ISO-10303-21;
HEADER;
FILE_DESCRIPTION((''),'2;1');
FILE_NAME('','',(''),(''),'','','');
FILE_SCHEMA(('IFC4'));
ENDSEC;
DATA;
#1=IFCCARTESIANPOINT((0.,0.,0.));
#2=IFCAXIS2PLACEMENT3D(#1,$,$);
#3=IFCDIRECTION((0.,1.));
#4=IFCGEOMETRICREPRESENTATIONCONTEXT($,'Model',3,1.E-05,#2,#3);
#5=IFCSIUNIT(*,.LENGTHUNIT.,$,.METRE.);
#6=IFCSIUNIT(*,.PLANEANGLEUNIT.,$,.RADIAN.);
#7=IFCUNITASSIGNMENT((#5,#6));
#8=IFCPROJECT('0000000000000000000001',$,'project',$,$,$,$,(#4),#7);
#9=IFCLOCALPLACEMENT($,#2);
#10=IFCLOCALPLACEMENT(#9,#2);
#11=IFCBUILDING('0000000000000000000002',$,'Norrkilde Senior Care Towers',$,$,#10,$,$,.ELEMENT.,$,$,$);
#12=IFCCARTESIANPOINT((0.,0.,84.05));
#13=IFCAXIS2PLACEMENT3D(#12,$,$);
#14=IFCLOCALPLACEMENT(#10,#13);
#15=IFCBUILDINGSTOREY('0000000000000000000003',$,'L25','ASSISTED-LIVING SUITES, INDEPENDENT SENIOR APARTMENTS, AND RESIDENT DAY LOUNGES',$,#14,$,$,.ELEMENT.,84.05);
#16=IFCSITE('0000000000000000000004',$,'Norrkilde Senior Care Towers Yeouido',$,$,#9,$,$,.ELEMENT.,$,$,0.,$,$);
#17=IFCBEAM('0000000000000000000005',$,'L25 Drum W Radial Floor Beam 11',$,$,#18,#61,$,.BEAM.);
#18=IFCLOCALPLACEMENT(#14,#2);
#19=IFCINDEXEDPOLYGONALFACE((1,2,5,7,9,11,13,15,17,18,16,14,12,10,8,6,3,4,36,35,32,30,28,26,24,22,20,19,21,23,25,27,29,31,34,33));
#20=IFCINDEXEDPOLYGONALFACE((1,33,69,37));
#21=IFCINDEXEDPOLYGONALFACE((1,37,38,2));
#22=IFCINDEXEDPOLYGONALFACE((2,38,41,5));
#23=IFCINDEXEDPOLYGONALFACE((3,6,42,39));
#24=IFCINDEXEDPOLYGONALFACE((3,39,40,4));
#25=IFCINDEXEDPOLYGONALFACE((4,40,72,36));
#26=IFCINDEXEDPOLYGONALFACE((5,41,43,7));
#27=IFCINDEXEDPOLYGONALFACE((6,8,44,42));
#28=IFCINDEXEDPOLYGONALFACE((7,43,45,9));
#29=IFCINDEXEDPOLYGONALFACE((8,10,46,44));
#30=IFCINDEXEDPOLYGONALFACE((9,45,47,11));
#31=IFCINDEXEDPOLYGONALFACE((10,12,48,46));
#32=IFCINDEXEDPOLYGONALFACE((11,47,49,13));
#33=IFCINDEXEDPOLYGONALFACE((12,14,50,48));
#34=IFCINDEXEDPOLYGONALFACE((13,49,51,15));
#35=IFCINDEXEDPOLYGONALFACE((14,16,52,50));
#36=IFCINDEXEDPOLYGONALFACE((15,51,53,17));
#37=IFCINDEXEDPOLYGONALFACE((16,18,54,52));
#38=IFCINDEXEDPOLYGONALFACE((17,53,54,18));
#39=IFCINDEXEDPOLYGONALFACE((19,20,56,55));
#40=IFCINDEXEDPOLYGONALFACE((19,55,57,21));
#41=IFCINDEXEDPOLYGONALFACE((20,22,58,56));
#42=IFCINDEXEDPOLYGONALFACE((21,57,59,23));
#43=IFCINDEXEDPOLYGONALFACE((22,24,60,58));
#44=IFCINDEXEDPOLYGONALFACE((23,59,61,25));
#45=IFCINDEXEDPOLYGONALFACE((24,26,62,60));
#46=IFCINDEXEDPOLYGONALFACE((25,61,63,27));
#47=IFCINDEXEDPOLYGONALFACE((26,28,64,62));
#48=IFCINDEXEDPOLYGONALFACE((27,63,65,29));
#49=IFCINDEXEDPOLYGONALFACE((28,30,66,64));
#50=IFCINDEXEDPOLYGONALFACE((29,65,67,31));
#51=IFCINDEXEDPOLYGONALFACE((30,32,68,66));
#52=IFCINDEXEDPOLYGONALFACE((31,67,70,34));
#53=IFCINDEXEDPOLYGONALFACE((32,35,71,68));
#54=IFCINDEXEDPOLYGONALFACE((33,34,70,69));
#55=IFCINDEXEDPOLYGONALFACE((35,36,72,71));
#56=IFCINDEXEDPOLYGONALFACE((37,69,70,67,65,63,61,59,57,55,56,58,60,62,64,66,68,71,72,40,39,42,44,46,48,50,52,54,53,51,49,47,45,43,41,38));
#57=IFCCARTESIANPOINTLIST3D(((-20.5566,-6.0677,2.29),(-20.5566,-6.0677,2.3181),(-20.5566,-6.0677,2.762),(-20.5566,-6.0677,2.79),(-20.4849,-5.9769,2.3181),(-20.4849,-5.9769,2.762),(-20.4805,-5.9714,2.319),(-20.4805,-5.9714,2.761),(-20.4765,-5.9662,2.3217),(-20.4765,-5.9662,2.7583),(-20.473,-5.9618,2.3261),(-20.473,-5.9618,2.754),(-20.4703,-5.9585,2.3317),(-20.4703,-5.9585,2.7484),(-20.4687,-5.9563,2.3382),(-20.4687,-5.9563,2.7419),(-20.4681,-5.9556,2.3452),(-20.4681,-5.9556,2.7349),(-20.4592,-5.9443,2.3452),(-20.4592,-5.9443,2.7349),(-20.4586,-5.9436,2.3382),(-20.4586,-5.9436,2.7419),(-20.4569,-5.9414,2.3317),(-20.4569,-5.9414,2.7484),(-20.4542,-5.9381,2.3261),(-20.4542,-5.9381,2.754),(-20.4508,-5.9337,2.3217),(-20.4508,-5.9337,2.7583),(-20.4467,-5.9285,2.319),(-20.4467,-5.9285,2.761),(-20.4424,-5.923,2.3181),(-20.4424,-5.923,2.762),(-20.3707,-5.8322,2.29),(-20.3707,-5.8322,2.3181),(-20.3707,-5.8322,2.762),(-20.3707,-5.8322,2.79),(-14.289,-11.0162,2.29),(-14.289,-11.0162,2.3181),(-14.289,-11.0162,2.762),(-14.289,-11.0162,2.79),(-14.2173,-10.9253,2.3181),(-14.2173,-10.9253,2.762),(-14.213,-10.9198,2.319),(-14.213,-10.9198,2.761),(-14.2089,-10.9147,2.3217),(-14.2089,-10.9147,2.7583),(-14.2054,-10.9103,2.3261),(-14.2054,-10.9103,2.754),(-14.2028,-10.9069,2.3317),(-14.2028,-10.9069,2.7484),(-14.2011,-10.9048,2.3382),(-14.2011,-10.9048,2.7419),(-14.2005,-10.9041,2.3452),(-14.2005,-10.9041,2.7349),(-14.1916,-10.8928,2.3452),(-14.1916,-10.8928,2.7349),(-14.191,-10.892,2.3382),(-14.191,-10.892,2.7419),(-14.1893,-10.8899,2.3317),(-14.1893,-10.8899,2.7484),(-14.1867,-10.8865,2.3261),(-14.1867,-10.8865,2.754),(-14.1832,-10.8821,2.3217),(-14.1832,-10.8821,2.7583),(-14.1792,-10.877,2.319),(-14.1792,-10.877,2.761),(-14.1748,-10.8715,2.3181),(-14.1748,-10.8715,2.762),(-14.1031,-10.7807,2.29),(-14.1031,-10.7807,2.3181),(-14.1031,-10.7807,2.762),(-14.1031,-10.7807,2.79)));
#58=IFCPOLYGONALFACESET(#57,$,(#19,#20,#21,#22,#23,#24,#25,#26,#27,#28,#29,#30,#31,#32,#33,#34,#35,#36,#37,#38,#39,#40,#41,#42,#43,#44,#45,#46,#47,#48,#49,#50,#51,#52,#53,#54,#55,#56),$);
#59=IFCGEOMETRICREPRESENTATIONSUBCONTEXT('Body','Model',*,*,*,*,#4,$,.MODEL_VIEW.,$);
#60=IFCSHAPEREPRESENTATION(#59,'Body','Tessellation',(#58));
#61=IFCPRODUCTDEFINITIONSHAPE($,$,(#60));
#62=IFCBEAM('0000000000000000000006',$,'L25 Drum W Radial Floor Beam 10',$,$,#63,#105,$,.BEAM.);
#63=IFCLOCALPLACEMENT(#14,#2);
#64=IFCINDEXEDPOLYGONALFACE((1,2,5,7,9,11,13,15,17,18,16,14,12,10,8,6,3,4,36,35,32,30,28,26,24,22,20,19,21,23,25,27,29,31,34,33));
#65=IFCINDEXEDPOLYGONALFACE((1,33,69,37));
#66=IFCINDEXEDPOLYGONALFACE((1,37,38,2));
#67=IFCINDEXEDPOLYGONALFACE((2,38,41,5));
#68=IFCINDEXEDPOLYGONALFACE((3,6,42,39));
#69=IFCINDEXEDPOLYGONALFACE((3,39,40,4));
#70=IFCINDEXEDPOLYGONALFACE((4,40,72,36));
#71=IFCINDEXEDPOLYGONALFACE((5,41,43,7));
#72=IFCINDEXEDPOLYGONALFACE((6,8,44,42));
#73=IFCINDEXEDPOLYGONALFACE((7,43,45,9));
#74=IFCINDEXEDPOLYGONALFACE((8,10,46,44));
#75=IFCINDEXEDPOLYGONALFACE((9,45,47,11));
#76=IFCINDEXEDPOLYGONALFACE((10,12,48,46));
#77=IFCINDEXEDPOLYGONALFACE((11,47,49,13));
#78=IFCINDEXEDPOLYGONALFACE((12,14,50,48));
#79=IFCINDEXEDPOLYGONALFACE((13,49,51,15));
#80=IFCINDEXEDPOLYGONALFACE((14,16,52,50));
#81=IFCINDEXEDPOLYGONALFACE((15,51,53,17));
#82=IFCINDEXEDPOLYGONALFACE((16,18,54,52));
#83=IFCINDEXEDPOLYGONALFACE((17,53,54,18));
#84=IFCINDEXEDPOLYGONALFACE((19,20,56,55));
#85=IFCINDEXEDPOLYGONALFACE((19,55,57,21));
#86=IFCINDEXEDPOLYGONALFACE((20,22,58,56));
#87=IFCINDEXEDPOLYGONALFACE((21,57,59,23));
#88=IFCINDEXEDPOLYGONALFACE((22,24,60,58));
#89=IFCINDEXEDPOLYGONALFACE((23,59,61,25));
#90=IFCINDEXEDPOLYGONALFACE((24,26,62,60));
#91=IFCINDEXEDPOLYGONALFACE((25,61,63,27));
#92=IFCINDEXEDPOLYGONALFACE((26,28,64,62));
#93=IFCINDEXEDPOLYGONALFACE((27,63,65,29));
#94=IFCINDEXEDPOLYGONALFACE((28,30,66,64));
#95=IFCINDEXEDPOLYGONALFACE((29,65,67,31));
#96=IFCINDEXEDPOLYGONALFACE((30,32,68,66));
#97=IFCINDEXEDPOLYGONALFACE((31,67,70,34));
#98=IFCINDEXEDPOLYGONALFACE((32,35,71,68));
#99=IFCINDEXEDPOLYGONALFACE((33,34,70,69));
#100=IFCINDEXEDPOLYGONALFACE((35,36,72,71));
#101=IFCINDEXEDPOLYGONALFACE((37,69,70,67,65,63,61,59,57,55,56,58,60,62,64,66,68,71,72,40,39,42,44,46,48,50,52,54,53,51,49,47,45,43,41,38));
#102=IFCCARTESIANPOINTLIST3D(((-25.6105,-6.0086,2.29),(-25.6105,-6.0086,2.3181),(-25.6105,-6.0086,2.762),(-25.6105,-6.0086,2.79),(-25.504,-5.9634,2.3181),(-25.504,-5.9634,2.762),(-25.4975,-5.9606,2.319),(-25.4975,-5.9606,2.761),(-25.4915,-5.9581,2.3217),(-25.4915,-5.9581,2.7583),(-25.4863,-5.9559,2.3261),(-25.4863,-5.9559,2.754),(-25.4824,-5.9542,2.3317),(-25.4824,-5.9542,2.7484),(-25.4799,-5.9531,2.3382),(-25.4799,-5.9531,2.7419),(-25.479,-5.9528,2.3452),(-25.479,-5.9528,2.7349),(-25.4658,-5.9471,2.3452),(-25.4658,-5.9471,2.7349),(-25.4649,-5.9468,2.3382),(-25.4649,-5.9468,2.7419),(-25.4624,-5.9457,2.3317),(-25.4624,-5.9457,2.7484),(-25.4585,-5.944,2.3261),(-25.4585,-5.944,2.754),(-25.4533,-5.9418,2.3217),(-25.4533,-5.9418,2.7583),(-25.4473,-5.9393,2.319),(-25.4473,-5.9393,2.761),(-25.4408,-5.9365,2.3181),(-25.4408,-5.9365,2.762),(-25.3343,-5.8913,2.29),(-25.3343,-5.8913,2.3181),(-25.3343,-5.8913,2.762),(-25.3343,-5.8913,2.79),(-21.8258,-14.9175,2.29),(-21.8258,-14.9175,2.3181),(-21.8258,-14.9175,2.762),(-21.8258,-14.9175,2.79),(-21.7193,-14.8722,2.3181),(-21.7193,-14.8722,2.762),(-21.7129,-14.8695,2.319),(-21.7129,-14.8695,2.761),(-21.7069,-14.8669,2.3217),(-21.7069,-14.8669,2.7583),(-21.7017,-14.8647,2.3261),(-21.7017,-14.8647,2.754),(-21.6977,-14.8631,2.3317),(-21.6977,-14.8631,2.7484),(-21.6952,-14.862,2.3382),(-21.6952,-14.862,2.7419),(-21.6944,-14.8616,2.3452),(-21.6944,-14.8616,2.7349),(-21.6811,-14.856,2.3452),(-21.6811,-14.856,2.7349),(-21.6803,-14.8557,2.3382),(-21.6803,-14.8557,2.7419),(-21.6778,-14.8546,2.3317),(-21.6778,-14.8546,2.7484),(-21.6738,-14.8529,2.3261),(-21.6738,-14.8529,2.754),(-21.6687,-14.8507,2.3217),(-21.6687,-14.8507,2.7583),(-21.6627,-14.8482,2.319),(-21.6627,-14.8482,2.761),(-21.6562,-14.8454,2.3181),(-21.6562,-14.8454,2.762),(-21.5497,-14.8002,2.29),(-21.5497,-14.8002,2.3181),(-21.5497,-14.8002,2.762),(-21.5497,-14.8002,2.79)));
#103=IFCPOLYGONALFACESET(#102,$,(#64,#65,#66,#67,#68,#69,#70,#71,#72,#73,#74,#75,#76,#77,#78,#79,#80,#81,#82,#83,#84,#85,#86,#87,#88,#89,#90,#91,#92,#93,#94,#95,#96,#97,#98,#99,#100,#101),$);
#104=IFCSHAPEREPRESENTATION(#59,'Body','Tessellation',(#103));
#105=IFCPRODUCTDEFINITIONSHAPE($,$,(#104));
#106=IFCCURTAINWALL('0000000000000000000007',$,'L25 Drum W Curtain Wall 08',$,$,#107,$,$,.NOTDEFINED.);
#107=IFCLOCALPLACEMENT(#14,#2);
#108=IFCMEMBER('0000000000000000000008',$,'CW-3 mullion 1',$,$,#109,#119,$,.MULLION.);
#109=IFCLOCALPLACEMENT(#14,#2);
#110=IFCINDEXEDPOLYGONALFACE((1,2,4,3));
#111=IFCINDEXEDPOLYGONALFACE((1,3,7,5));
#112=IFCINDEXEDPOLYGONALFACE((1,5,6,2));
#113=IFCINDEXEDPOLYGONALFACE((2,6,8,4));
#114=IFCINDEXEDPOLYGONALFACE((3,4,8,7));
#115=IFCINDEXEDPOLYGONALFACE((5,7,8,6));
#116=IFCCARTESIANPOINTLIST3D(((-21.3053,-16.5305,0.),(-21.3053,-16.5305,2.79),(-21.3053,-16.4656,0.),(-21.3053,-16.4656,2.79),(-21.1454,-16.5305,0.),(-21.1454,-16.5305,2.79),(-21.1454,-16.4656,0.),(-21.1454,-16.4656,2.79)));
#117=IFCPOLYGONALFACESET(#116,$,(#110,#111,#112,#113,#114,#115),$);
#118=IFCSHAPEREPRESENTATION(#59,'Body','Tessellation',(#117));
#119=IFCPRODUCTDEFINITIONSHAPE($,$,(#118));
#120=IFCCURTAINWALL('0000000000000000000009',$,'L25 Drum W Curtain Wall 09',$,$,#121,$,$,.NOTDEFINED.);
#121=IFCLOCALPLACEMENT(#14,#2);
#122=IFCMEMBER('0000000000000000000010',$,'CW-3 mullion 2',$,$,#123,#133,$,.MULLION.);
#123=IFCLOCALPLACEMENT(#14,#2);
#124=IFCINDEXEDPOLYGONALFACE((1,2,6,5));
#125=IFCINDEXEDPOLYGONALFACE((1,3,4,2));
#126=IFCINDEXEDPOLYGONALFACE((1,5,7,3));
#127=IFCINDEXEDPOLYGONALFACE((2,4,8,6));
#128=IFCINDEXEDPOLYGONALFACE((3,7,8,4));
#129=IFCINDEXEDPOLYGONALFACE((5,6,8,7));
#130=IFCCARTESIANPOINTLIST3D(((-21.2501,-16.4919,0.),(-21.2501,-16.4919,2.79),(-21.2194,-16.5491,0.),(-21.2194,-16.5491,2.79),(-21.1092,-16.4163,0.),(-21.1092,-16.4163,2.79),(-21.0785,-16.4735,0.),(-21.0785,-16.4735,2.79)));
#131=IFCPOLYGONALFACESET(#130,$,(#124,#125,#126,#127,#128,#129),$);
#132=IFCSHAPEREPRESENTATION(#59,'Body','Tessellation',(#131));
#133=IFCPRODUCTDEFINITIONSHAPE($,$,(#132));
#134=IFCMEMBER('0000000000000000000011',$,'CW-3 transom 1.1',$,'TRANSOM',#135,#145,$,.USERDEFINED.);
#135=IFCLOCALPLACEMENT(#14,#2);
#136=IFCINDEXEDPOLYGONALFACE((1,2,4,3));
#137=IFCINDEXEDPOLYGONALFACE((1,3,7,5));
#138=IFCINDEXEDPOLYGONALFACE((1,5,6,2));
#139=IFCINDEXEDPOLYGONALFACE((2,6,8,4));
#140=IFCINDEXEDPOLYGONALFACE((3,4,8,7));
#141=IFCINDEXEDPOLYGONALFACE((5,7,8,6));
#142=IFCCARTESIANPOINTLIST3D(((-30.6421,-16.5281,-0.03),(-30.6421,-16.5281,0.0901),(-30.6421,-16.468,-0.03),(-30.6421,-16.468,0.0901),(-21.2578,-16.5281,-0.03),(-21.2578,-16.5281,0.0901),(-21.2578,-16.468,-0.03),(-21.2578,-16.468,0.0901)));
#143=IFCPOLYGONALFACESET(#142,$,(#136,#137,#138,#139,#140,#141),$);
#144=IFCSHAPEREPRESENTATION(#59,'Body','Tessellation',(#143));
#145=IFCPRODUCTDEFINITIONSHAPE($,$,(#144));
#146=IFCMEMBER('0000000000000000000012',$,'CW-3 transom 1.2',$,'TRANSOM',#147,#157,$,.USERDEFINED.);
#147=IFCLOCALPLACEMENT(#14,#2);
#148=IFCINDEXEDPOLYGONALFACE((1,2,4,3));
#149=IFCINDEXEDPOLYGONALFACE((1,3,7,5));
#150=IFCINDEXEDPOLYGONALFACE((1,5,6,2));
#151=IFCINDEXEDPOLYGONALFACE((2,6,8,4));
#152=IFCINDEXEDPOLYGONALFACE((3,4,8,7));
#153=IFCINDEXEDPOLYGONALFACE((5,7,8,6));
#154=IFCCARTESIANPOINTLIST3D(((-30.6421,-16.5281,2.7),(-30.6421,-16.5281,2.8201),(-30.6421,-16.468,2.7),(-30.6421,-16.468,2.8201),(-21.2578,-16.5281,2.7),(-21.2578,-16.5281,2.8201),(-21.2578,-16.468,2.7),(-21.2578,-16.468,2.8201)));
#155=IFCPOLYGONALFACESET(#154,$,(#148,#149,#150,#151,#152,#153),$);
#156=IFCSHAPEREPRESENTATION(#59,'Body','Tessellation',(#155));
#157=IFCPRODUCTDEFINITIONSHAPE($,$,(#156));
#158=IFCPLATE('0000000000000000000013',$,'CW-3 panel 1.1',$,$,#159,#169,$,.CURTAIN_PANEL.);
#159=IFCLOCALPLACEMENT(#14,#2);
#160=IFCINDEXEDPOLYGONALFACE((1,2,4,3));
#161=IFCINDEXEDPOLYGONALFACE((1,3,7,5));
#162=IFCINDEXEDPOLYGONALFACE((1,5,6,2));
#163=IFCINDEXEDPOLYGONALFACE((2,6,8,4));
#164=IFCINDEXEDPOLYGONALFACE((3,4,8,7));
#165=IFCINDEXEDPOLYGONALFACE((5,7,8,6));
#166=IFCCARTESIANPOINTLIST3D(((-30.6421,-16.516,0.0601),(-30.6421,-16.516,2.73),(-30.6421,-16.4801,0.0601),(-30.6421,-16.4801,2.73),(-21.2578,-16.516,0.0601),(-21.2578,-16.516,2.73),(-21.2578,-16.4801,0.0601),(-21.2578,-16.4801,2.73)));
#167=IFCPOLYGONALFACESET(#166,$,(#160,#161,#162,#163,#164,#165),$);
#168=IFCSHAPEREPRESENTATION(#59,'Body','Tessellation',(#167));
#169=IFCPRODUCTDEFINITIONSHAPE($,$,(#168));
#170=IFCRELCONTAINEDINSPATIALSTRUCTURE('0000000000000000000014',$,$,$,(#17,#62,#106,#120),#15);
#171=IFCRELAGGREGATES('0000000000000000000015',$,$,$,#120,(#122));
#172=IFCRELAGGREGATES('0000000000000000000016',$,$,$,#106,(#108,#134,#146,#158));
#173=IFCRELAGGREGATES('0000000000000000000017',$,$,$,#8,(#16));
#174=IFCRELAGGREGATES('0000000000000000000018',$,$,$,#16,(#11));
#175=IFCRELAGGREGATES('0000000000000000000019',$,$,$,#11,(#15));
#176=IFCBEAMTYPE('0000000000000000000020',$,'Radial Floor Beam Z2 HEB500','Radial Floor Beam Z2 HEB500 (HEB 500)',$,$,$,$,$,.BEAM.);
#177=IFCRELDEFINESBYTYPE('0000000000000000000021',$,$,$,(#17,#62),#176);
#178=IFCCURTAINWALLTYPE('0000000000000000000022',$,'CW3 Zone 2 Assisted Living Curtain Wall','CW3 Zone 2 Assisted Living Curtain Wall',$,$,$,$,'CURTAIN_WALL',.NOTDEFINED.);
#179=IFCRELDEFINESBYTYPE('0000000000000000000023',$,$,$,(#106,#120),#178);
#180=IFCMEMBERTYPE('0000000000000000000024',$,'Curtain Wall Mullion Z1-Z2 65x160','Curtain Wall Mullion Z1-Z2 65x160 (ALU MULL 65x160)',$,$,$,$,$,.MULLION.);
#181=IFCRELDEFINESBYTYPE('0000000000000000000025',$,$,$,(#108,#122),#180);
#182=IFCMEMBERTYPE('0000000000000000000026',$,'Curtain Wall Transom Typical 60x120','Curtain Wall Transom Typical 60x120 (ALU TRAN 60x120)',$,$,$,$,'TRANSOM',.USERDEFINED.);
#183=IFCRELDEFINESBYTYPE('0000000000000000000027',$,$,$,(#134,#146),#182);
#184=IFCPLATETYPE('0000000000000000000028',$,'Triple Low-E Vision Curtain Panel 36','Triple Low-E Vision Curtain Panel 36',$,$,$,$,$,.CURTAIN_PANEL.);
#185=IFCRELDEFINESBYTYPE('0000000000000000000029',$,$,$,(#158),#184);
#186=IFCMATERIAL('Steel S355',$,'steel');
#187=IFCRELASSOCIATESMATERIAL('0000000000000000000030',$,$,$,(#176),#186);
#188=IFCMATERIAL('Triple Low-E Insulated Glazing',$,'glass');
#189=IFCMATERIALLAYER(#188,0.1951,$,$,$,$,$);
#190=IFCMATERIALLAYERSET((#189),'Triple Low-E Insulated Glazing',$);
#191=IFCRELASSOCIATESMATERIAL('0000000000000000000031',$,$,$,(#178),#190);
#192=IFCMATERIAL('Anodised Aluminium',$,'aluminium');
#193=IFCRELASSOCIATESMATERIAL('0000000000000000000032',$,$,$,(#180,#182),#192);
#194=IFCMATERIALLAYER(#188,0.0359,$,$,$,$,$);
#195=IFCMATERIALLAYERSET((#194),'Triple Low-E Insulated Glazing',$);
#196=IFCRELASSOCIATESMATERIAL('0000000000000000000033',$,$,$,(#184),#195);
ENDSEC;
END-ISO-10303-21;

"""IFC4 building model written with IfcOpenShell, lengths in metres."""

from ifc_helpers import new_model, si_unit, direction, frame, origin, origin_2d, place, context, subcontext, project, spatial, rectangle, i_section, extrude, source, transform, mapped, material, layer, layer_set, material_profile, profile_set, type_object, type_shapes, element, aggregate, save


model = new_model("IFC4")

# Units and contexts
model_context = context("Model", 3, precision=1e-05, world=origin(), true_north=direction((0.0, 1.0)))
body_context = subcontext(model_context, "Body", "Model", "MODEL_VIEW")
ifc_project = project(units=[si_unit("LENGTHUNIT", "METRE"), si_unit("PLANEANGLEUNIT", "RADIAN")], contexts=[model_context])

# Site, building, storey
site_placement = place(None, origin())
site = spatial("IfcSite", under=ifc_project, at=site_placement, Name="Norrkilde Senior Care Towers Yeouido", CompositionType="ELEMENT", RefElevation=0.0)
building_placement = place(site_placement, origin())
building = spatial("IfcBuilding", under=site, at=building_placement, Name="Norrkilde Senior Care Towers", CompositionType="ELEMENT")
storey_placement = place(building_placement, frame((0.0, 0.0, 84.05)))
storey = spatial("IfcBuildingStorey", under=building, at=storey_placement, Name="L25", Description="ASSISTED-LIVING SUITES, INDEPENDENT SENIOR APARTMENTS, AND RESIDENT DAY LOUNGES", CompositionType="ELEMENT", Elevation=84.05)

# Beams
ifc_material_1 = material(Name="Steel S355", Category="steel")
ifc_material_profile_1 = material_profile(ifc_material_1, i_section(OverallWidth=0.3, OverallDepth=0.5, WebThickness=0.0144, FlangeThickness=0.0281, FilletRadius=0.0271, at=origin_2d()), Name="HEB 500")
ifc_profile_set_1 = profile_set([ifc_material_profile_1], Name="Steel S355")
beam_type_1 = type_object("IfcBeamType", Name="Radial Floor Beam Z2 HEB500", Description="Radial Floor Beam Z2 HEB500 (HEB 500)", PredefinedType="BEAM", material=ifc_profile_set_1)
shared_shape_1 = source(origin(), body_context, "Body", "SweptSolid", [
    extrude(i_section(OverallWidth=0.3, OverallDepth=0.5, WebThickness=0.0144, FlangeThickness=0.0281, FilletRadius=0.0271, at=origin_2d()), origin(), (0.0, 0.0, 1.0), 7.9856),
])
beam_1_placement = place(storey_placement, frame((-20.4636, -5.95, 2.54), z_axis=(0.784859, -0.619675, 0.0), x_axis=(0.619675, 0.784859, 0.0)))
element("IfcBeam", 1, at=beam_1_placement, inside=storey, type_object=beam_type_1, Name="L25 Drum W Radial Floor Beam 11", PredefinedType="BEAM", context=body_context, shape_type="MappedRepresentation", body=[
    mapped(shared_shape_1, transform((0.0, 0.0, 0.0), x_axis=(1.0, 0.0, 0.0), y_axis=(0.0, 1.0, 0.0), z_axis=(0.0, 0.0, 1.0), scale=1.0)),
])
shared_shape_2 = source(origin(), body_context, "Body", "SweptSolid", [
    extrude(i_section(OverallWidth=0.3, OverallDepth=0.5, WebThickness=0.0144, FlangeThickness=0.0281, FilletRadius=0.0271, at=origin_2d()), origin(), (0.0, 0.0, 1.0), 9.6794),
])
beam_2_placement = place(storey_placement, frame((-25.4724, -5.95, 2.54), z_axis=(0.390998, -0.920392, 0.0), x_axis=(0.920392, 0.390998, 0.0)))
element("IfcBeam", 2, at=beam_2_placement, inside=storey, type_object=beam_type_1, Name="L25 Drum W Radial Floor Beam 10", PredefinedType="BEAM", context=body_context, shape_type="MappedRepresentation", body=[
    mapped(shared_shape_2, transform((0.0, 0.0, 0.0), x_axis=(1.0, 0.0, 0.0), y_axis=(0.0, 1.0, 0.0), z_axis=(0.0, 0.0, 1.0), scale=1.0)),
])

# Curtain walls, members
ifc_material_2 = material(Name="Triple Low-E Insulated Glazing", Category="glass")
ifc_layer_1 = layer(ifc_material_2, 0.1951)
ifc_layer_set_1 = layer_set([ifc_layer_1], Name="Triple Low-E Insulated Glazing")
curtain_wall_type = type_object("IfcCurtainWallType", Name="CW3 Zone 2 Assisted Living Curtain Wall", Description="CW3 Zone 2 Assisted Living Curtain Wall", ElementType="CURTAIN_WALL", PredefinedType="NOTDEFINED", material=ifc_layer_set_1)
curtain_wall_1_placement = place(storey_placement, origin())
curtain_wall_1 = element("IfcCurtainWall", 3, at=curtain_wall_1_placement, inside=storey, type_object=curtain_wall_type, Name="L25 Drum W Curtain Wall 08", PredefinedType="NOTDEFINED")
ifc_material_3 = material(Name="Anodised Aluminium", Category="aluminium")
ifc_material_profile_2 = material_profile(ifc_material_3, rectangle(XDim=0.0649, YDim=0.1599, at=origin_2d()), Name="ALU MULL 65x160")
ifc_profile_set_2 = profile_set([ifc_material_profile_2], Name="Anodised Aluminium")
member_type_1 = type_object("IfcMemberType", Name="Curtain Wall Mullion Z1-Z2 65x160", Description="Curtain Wall Mullion Z1-Z2 65x160 (ALU MULL 65x160)", PredefinedType="MULLION", material=ifc_profile_set_2)
shared_shape_3 = source(origin(), body_context, "Body", "SweptSolid", [
    extrude(rectangle(XDim=0.0649, YDim=0.1599, at=origin_2d()), origin(), (0.0, 0.0, 1.0), 2.79),
])
type_shapes(member_type_1, [shared_shape_3])
member_1_placement = place(storey_placement, frame((-21.2253, -16.498, 0.0), z_axis=(0.0, 0.0, 1.0), x_axis=(0.0, -1.0, 0.0)))
member_1 = element("IfcMember", 4, at=member_1_placement, type_object=member_type_1, Name="CW-3 mullion 1", PredefinedType="MULLION", context=body_context, shape_type="MappedRepresentation", body=[
    mapped(shared_shape_3, transform((0.0, 0.0, 0.0), x_axis=(1.0, 0.0, 0.0), y_axis=(0.0, 1.0, 0.0), z_axis=(0.0, 0.0, 1.0), scale=1.0)),
])
curtain_wall_2_placement = place(storey_placement, origin())
curtain_wall_2 = element("IfcCurtainWall", 5, at=curtain_wall_2_placement, inside=storey, type_object=curtain_wall_type, Name="L25 Drum W Curtain Wall 09", PredefinedType="NOTDEFINED")
member_2_placement = place(storey_placement, frame((-21.1643, -16.4827, 0.0), z_axis=(0.0, 0.0, 1.0), x_axis=(0.472769, -0.881186, 0.0)))
member_2 = element("IfcMember", 6, at=member_2_placement, type_object=member_type_1, Name="CW-3 mullion 2", PredefinedType="MULLION", context=body_context, shape_type="MappedRepresentation", body=[
    mapped(shared_shape_3, transform((0.0, 0.0, 0.0), x_axis=(1.0, 0.0, 0.0), y_axis=(0.0, 1.0, 0.0), z_axis=(0.0, 0.0, 1.0), scale=1.0)),
])
aggregate(curtain_wall_2, [member_2])

# Members
ifc_material_profile_3 = material_profile(ifc_material_3, rectangle(XDim=0.0601, YDim=0.1201, at=origin_2d()), Name="ALU TRAN 60x120")
ifc_profile_set_3 = profile_set([ifc_material_profile_3], Name="Anodised Aluminium")
member_type_2 = type_object("IfcMemberType", Name="Curtain Wall Transom Typical 60x120", Description="Curtain Wall Transom Typical 60x120 (ALU TRAN 60x120)", ElementType="TRANSOM", PredefinedType="USERDEFINED", material=ifc_profile_set_3)
shared_shape_4 = source(origin(), body_context, "Body", "SweptSolid", [
    extrude(rectangle(XDim=0.0601, YDim=0.1201, at=origin_2d()), origin(), (0.0, 0.0, 1.0), 9.3843),
])
type_shapes(member_type_2, [shared_shape_4])
member_3_placement = place(storey_placement, frame((-21.2578, -16.498, 0.03), z_axis=(-1.0, 0.0, 0.0), x_axis=(0.0, -1.0, 0.0)))
member_3 = element("IfcMember", 7, at=member_3_placement, type_object=member_type_2, Name="CW-3 transom 1.1", ObjectType="TRANSOM", PredefinedType="USERDEFINED", context=body_context, shape_type="MappedRepresentation", body=[
    mapped(shared_shape_4, transform((0.0, 0.0, 0.0), x_axis=(1.0, 0.0, 0.0), y_axis=(0.0, 1.0, 0.0), z_axis=(0.0, 0.0, 1.0), scale=1.0)),
])
member_4_placement = place(storey_placement, frame((-21.2578, -16.498, 2.76), z_axis=(-1.0, 0.0, 0.0), x_axis=(0.0, -1.0, 0.0)))
member_4 = element("IfcMember", 8, at=member_4_placement, type_object=member_type_2, Name="CW-3 transom 1.2", ObjectType="TRANSOM", PredefinedType="USERDEFINED", context=body_context, shape_type="MappedRepresentation", body=[
    mapped(shared_shape_4, transform((0.0, 0.0, 0.0), x_axis=(1.0, 0.0, 0.0), y_axis=(0.0, 1.0, 0.0), z_axis=(0.0, 0.0, 1.0), scale=1.0)),
])

# Plate
ifc_layer_2 = layer(ifc_material_2, 0.0359)
ifc_layer_set_2 = layer_set([ifc_layer_2], Name="Triple Low-E Insulated Glazing")
plate_type = type_object("IfcPlateType", Name="Triple Low-E Vision Curtain Panel 36", Description="Triple Low-E Vision Curtain Panel 36", PredefinedType="CURTAIN_PANEL", material=ifc_layer_set_2)
shared_shape_5 = source(origin(), body_context, "Body", "SweptSolid", [
    extrude(rectangle(XDim=9.3843, YDim=0.0359, at=origin_2d()), origin(), (0.0, 0.0, 1.0), 2.6699),
])
type_shapes(plate_type, [shared_shape_5])
plate_placement = place(storey_placement, frame((-25.95, -16.498, 0.0601), z_axis=(0.0, 0.0, 1.0), x_axis=(-1.0, 0.0, 0.0)))
plate = element("IfcPlate", 9, at=plate_placement, type_object=plate_type, Name="CW-3 panel 1.1", PredefinedType="CURTAIN_PANEL", context=body_context, shape_type="MappedRepresentation", body=[
    mapped(shared_shape_5, transform((0.0, 0.0, 0.0), x_axis=(1.0, 0.0, 0.0), y_axis=(0.0, 1.0, 0.0), z_axis=(0.0, 0.0, 1.0), scale=1.0)),
])
aggregate(curtain_wall_1, [member_1, member_3, member_4, plate])

save(model, "model.ifc")
